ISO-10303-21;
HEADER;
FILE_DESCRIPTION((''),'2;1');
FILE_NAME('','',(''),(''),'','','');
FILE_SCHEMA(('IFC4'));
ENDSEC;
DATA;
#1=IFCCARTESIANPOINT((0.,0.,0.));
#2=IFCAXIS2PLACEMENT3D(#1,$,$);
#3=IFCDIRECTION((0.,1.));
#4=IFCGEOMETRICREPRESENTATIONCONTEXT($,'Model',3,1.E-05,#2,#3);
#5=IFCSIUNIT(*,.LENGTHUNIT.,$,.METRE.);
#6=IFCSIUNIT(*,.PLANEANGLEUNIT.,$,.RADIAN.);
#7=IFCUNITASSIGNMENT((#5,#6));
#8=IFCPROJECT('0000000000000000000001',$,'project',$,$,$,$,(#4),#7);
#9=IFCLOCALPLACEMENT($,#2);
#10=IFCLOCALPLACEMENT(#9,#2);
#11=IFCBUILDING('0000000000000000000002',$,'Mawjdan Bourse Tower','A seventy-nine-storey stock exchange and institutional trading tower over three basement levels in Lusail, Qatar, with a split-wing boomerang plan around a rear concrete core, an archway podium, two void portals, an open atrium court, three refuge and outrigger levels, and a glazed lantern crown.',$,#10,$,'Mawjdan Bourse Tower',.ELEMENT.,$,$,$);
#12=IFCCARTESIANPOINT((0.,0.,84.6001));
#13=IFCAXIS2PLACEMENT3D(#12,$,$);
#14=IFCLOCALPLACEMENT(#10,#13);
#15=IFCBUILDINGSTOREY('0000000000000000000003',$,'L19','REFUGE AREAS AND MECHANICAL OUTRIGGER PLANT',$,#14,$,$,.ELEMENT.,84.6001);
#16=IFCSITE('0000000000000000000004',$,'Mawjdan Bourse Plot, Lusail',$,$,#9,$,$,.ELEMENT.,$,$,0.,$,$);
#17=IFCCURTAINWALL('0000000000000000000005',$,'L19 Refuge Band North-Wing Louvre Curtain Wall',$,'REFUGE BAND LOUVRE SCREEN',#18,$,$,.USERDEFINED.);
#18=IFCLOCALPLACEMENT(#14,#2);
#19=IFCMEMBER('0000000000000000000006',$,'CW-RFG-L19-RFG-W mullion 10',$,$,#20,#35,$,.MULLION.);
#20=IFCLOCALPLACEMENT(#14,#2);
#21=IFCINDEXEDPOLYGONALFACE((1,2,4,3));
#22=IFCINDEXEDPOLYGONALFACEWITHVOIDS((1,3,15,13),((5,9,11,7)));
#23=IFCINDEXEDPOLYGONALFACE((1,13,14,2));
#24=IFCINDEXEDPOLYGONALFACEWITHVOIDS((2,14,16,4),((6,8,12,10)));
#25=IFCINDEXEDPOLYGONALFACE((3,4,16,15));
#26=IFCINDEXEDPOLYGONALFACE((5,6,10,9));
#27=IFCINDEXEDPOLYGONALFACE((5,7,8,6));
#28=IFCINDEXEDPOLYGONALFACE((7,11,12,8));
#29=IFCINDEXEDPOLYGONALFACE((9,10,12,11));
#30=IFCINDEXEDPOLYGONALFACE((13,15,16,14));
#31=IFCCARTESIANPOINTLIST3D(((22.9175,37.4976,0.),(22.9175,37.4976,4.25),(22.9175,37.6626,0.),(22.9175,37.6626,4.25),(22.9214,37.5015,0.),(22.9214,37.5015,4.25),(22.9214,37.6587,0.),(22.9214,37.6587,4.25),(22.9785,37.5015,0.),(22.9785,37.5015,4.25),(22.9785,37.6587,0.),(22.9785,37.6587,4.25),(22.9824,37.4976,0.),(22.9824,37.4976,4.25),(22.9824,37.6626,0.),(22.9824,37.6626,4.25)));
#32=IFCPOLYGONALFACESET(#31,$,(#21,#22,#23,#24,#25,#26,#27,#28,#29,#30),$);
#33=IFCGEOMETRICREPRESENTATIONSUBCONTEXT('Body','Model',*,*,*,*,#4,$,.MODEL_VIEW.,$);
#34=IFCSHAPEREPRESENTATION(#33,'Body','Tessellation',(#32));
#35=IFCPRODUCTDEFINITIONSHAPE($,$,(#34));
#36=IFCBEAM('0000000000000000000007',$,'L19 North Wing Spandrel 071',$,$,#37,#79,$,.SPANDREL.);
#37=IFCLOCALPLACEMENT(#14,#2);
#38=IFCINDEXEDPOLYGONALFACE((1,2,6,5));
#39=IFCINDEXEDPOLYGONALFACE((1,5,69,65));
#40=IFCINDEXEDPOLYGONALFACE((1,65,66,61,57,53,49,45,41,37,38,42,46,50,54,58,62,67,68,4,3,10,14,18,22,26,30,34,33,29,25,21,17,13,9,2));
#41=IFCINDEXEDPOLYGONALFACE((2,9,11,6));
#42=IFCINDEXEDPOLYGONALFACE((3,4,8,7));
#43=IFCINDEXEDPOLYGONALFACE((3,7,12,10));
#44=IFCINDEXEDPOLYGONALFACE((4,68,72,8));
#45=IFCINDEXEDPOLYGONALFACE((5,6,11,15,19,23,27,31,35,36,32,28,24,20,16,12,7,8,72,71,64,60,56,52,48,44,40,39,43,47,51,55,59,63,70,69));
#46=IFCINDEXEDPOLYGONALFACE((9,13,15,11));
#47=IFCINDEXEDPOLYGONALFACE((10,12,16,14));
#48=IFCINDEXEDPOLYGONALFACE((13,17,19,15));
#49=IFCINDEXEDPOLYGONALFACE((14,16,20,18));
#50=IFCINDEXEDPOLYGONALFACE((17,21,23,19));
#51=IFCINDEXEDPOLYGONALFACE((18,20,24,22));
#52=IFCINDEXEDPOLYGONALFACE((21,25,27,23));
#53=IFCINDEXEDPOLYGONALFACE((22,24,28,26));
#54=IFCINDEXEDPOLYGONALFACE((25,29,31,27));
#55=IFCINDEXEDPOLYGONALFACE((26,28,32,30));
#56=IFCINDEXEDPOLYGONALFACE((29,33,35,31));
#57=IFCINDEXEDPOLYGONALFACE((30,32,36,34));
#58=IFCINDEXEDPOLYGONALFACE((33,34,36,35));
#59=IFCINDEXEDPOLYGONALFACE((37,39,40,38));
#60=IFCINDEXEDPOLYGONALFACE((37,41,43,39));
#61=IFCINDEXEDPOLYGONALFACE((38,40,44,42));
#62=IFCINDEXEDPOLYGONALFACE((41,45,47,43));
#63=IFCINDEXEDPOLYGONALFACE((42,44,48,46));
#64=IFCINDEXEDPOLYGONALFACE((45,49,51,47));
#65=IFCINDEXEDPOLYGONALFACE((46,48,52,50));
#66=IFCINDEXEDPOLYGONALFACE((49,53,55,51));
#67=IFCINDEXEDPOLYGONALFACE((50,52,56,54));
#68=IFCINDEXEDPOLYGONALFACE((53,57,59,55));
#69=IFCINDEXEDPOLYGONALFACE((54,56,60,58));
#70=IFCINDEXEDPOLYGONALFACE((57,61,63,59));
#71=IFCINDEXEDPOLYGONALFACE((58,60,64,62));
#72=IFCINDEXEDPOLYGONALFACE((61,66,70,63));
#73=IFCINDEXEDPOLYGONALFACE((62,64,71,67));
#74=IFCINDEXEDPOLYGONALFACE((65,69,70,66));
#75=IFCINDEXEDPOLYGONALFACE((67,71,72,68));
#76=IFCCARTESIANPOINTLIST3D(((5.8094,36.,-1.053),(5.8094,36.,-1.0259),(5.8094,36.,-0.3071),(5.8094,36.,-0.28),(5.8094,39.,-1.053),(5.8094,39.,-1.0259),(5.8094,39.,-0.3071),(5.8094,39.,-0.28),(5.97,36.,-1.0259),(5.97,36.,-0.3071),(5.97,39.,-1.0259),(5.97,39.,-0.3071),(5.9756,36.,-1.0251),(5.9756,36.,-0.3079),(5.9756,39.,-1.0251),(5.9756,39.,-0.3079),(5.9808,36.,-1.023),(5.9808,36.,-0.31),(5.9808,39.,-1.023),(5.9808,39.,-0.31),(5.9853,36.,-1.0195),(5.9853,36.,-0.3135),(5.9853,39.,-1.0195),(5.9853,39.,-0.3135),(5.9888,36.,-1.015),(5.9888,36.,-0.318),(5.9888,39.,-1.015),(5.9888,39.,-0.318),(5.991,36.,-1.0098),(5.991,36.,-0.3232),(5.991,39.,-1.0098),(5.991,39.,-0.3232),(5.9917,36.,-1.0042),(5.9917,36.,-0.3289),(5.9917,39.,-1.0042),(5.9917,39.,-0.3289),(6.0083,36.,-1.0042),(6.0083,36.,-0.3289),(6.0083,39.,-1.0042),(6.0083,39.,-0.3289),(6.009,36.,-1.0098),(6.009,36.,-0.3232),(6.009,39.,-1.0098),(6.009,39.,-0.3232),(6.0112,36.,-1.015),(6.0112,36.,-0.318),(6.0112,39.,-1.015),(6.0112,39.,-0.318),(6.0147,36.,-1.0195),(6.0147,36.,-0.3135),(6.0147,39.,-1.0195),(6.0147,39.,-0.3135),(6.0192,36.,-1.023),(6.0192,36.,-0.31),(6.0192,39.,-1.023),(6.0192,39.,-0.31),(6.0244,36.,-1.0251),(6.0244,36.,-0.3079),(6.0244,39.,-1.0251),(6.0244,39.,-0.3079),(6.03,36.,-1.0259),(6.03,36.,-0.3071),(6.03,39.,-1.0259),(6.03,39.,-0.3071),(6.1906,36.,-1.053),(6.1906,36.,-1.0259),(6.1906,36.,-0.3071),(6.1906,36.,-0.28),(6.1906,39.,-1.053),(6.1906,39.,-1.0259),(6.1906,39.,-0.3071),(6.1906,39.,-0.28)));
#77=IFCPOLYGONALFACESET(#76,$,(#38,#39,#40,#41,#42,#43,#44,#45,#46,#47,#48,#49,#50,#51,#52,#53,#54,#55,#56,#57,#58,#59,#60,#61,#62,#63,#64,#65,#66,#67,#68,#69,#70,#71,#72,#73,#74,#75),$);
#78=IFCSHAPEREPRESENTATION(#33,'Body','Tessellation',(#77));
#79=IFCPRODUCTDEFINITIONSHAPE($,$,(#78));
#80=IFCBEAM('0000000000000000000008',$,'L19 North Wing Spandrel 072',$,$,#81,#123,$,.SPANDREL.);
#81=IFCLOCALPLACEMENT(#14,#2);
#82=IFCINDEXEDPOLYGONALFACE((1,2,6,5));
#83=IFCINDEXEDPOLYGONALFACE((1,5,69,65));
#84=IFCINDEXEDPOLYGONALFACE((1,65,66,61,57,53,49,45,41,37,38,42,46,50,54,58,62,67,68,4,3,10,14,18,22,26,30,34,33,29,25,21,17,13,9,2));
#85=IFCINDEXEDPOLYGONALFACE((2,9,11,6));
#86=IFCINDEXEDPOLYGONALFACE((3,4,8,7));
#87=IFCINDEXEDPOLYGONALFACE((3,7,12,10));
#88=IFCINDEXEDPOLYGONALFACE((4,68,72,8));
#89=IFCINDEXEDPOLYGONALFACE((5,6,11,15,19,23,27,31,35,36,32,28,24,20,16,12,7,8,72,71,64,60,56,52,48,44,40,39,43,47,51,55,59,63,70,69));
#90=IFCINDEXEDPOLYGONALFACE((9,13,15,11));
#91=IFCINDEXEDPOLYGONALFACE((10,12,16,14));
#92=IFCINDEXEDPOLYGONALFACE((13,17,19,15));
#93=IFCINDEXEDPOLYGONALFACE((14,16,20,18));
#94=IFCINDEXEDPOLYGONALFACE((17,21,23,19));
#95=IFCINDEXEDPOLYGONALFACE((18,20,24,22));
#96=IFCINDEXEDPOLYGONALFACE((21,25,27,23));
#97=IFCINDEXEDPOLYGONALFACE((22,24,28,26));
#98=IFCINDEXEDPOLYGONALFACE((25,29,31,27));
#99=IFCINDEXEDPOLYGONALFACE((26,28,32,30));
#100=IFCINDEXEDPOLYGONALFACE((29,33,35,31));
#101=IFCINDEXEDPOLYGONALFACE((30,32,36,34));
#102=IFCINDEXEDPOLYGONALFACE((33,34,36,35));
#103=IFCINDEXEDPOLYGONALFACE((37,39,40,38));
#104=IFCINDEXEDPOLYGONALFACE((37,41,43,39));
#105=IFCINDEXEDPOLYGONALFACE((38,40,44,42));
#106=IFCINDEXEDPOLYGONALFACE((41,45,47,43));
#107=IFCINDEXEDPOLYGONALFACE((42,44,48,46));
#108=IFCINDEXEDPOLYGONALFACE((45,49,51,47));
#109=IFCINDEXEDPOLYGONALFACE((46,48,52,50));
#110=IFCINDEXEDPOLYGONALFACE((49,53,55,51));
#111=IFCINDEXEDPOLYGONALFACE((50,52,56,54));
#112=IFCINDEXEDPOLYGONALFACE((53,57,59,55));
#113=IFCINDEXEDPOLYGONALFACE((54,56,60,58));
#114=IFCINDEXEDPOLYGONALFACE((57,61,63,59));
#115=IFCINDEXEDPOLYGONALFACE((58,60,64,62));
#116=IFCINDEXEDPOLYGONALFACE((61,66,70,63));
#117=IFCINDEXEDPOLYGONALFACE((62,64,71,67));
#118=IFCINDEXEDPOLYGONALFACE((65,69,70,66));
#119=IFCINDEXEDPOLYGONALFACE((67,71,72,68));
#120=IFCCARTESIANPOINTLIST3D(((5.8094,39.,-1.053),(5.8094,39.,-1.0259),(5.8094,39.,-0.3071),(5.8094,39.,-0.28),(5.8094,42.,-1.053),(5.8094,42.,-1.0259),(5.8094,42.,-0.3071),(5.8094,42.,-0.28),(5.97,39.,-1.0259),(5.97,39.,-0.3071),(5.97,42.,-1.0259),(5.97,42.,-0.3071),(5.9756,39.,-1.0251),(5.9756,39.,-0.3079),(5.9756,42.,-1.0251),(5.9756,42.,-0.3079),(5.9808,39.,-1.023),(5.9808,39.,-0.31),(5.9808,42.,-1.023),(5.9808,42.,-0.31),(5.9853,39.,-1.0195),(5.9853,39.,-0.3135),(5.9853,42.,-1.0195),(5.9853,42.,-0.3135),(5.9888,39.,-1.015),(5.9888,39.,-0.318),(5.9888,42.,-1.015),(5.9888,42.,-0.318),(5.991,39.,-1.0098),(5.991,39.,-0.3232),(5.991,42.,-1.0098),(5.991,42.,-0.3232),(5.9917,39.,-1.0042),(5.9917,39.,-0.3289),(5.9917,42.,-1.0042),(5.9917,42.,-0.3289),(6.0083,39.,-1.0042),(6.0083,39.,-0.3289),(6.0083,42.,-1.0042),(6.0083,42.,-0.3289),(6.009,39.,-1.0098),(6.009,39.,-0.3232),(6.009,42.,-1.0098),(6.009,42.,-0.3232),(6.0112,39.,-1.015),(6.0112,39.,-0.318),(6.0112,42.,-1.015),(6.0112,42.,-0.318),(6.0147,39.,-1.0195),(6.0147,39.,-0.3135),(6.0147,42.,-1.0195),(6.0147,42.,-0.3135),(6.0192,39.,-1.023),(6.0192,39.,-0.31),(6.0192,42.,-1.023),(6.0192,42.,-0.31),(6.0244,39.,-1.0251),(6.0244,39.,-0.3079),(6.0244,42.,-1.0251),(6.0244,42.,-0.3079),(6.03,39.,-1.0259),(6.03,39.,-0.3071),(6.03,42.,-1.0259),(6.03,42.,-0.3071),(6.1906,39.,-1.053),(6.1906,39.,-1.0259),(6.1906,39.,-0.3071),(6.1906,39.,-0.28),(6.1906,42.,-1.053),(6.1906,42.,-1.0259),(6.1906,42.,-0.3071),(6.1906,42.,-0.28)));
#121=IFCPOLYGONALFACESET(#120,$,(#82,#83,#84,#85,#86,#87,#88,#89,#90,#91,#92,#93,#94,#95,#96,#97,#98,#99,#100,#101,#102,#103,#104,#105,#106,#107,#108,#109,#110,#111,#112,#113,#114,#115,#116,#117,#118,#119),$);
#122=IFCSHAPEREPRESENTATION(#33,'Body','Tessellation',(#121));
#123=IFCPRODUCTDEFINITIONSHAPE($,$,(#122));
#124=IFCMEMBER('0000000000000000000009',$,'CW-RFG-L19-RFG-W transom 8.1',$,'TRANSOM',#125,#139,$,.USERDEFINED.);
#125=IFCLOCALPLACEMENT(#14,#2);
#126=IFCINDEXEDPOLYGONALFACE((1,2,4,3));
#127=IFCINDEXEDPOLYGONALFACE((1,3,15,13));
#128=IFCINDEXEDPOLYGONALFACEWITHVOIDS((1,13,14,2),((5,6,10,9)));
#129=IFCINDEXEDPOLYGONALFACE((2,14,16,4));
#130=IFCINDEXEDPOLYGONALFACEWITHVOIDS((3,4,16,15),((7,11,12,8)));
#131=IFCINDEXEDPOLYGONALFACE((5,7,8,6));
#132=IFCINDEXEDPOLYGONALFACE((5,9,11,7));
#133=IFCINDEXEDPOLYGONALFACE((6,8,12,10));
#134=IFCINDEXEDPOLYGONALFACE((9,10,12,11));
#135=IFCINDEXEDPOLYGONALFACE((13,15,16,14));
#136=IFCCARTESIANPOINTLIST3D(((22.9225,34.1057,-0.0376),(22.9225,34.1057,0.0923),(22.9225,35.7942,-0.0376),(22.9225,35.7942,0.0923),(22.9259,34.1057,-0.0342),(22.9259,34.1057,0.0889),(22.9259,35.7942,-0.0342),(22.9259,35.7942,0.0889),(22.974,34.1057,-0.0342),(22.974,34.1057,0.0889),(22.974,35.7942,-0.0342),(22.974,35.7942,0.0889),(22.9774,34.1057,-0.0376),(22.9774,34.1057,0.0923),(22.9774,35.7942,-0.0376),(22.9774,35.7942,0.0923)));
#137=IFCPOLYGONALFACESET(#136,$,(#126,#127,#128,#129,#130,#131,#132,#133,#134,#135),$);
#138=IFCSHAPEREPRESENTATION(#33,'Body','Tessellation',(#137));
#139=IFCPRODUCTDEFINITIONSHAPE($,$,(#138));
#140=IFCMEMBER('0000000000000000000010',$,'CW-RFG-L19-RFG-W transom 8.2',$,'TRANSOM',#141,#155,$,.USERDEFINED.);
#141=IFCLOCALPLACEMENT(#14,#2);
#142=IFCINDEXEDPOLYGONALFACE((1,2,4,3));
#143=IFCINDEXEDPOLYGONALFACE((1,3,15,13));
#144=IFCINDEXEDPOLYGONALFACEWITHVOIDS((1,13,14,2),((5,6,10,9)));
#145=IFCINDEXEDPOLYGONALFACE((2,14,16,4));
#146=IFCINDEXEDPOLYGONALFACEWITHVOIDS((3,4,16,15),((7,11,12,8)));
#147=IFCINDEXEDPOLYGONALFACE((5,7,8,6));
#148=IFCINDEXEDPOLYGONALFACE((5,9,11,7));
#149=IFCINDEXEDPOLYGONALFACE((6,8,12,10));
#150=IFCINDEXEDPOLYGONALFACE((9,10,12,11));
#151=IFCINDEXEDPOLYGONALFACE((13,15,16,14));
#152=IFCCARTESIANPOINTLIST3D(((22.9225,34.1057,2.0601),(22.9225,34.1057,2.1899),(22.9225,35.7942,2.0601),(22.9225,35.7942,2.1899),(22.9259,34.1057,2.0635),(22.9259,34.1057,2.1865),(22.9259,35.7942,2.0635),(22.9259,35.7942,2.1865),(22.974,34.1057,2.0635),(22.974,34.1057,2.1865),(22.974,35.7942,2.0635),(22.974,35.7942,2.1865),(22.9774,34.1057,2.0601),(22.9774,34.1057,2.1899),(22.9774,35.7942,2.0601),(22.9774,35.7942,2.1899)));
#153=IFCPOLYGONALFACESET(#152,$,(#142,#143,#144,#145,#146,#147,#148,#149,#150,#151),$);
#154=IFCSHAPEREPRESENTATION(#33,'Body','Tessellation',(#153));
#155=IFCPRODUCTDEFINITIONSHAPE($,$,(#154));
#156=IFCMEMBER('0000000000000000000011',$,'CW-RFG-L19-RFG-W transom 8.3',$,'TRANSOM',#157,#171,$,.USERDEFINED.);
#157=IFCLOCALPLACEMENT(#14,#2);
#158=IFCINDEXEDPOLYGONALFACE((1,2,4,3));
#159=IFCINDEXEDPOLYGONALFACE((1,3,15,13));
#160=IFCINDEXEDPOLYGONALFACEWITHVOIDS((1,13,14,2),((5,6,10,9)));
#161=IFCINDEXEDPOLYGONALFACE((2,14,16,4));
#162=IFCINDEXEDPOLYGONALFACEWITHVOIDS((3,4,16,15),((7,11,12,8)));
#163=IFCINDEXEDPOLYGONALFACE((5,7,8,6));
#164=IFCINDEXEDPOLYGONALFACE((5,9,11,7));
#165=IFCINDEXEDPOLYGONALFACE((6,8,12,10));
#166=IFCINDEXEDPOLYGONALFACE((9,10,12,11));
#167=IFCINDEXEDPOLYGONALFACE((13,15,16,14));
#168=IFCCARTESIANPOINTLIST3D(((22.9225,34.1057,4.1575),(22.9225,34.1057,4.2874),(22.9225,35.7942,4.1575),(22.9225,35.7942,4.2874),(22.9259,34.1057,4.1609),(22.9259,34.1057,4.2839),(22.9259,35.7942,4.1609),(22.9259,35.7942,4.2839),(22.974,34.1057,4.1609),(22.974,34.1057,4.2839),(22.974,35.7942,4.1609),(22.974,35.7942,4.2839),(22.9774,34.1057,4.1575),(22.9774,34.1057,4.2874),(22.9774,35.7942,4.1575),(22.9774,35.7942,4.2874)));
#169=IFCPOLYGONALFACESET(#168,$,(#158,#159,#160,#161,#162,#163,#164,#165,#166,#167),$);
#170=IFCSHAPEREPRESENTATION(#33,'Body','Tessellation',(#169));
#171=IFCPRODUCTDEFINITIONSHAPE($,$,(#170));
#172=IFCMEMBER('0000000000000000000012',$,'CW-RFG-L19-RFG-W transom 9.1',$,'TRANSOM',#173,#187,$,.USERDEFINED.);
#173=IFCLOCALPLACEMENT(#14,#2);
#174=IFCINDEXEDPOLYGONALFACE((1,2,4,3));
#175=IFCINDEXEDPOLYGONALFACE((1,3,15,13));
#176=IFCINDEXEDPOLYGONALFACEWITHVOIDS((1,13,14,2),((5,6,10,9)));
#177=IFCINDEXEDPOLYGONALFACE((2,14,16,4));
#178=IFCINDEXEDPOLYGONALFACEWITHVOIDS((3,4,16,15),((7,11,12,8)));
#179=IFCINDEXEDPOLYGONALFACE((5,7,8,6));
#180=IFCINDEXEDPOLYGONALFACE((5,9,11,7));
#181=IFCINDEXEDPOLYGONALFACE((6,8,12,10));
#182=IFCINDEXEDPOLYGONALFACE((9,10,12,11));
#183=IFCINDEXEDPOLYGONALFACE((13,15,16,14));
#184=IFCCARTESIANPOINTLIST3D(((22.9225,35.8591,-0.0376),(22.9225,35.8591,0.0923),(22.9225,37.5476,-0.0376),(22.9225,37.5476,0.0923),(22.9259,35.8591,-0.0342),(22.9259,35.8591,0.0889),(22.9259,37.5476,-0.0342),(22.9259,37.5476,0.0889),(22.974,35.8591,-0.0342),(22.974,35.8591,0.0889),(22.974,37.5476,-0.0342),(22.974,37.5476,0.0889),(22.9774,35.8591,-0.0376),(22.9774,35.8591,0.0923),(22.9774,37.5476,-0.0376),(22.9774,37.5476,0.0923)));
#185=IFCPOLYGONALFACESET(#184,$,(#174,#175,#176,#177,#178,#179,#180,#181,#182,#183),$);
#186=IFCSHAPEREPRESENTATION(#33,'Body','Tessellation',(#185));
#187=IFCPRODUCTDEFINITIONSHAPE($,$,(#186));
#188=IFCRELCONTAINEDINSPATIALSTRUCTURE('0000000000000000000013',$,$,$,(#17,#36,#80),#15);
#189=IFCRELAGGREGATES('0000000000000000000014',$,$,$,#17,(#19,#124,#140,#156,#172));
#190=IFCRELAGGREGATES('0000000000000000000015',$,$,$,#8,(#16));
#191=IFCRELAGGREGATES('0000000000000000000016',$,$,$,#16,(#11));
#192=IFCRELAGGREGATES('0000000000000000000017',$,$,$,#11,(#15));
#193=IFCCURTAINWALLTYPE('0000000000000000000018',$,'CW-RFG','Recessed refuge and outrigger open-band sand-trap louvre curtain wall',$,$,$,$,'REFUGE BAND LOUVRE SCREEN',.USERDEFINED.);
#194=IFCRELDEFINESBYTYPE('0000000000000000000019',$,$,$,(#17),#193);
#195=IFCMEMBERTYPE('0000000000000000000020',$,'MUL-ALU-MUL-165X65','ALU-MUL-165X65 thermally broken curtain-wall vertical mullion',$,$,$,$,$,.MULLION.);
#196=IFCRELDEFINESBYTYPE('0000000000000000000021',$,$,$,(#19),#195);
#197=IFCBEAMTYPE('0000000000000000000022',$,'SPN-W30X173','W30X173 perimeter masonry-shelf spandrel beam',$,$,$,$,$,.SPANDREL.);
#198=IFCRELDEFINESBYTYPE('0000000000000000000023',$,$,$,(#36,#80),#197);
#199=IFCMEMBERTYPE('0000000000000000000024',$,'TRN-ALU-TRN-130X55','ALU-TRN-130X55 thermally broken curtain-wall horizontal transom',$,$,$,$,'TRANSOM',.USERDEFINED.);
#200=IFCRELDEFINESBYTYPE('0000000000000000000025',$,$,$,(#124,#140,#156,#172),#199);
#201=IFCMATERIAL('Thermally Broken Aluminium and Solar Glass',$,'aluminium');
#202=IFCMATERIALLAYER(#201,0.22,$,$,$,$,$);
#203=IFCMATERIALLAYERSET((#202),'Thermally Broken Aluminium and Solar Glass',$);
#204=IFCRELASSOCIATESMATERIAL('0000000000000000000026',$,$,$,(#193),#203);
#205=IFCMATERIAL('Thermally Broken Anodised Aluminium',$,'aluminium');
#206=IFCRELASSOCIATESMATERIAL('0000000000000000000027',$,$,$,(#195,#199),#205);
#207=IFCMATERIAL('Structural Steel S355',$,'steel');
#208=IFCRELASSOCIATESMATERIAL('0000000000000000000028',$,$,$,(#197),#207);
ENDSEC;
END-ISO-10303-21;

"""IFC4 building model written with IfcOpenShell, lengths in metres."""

from ifc_helpers import new_model, si_unit, direction, frame, origin, origin_2d, place, context, subcontext, project, spatial, hollow_rectangle, i_section, extrude, material, layer, layer_set, material_profile, profile_set, type_object, element, aggregate, save


model = new_model("IFC4")

# Units and contexts
model_context = context("Model", 3, precision=1e-05, world=origin(), true_north=direction((0.0, 1.0)))
body_context = subcontext(model_context, "Body", "Model", "MODEL_VIEW")
ifc_project = project(units=[si_unit("LENGTHUNIT", "METRE"), si_unit("PLANEANGLEUNIT", "RADIAN")], contexts=[model_context])

# Site, building, storey
site_placement = place(None, origin())
site = spatial("IfcSite", under=ifc_project, at=site_placement, Name="Mawjdan Bourse Plot, Lusail", CompositionType="ELEMENT", RefElevation=0.0)
building_placement = place(site_placement, origin())
building = spatial("IfcBuilding", under=site, at=building_placement, Name="Mawjdan Bourse Tower", Description="A seventy-nine-storey stock exchange and institutional trading tower over three basement levels in Lusail, Qatar, with a split-wing boomerang plan around a rear concrete core, an archway podium, two void portals, an open atrium court, three refuge and outrigger levels, and a glazed lantern crown.", LongName="Mawjdan Bourse Tower", CompositionType="ELEMENT")
storey_placement = place(building_placement, frame((0.0, 0.0, 84.6001)))
storey = spatial("IfcBuildingStorey", under=building, at=storey_placement, Name="L19", Description="REFUGE AREAS AND MECHANICAL OUTRIGGER PLANT", CompositionType="ELEMENT", Elevation=84.6001)

# Shared definitions
ifc_material_1 = material(Name="Structural Steel S355", Category="steel")

# Curtain wall, member
ifc_material_2 = material(Name="Thermally Broken Aluminium and Solar Glass", Category="aluminium")
ifc_layer_1 = layer(ifc_material_2, 0.22)
ifc_layer_set_1 = layer_set([ifc_layer_1], Name="Thermally Broken Aluminium and Solar Glass")
curtain_wall_type = type_object("IfcCurtainWallType", Name="CW-RFG", Description="Recessed refuge and outrigger open-band sand-trap louvre curtain wall", ElementType="REFUGE BAND LOUVRE SCREEN", PredefinedType="USERDEFINED", material=ifc_layer_set_1)
curtain_wall_placement = place(storey_placement, origin())
curtain_wall = element("IfcCurtainWall", 1, at=curtain_wall_placement, inside=storey, type_object=curtain_wall_type, Name="L19 Refuge Band North-Wing Louvre Curtain Wall", ObjectType="REFUGE BAND LOUVRE SCREEN", PredefinedType="USERDEFINED")
ifc_material_3 = material(Name="Thermally Broken Anodised Aluminium", Category="aluminium")
ifc_material_profile_1 = material_profile(ifc_material_3, hollow_rectangle(XDim=0.0649, YDim=0.165, WallThickness=0.0039, at=origin_2d()), Name="ALU-MUL-165X65")
ifc_profile_set_1 = profile_set([ifc_material_profile_1], Name="Thermally Broken Anodised Aluminium")
member_type_1 = type_object("IfcMemberType", Name="MUL-ALU-MUL-165X65", Description="ALU-MUL-165X65 thermally broken curtain-wall vertical mullion", PredefinedType="MULLION", material=ifc_profile_set_1)
member_1_placement = place(storey_placement, frame((22.95, 37.5801, 0.0), z_axis=(0.0, 0.0, 1.0), x_axis=(-1.0, 0.0, 0.0)))
member_1 = element("IfcMember", 2, at=member_1_placement, type_object=member_type_1, Name="CW-RFG-L19-RFG-W mullion 10", PredefinedType="MULLION", context=body_context, shape_type="SweptSolid", body=[
    extrude(hollow_rectangle(XDim=0.0649, YDim=0.165, WallThickness=0.0039, at=origin_2d()), origin(), (0.0, 0.0, 1.0), 4.25),
])

# Beams
ifc_material_profile_2 = material_profile(ifc_material_1, i_section(OverallWidth=0.3811, OverallDepth=0.7729, WebThickness=0.0166, FlangeThickness=0.0271, FilletRadius=0.0217, at=origin_2d()), Name="W30X173")
ifc_profile_set_2 = profile_set([ifc_material_profile_2], Name="Structural Steel S355")
beam_type_1 = type_object("IfcBeamType", Name="SPN-W30X173", Description="W30X173 perimeter masonry-shelf spandrel beam", PredefinedType="SPANDREL", material=ifc_profile_set_2)
for number, where, z_axis, x_axis, name in (
    (3, (6.0, 36.0, -0.6665), (0.0, 1.0, 0.0), (-1.0, 0.0, 0.0), "L19 North Wing Spandrel 071"),
    (4, (6.0, 39.0, -0.6665), (0.0, 1.0, 0.0), (-1.0, 0.0, 0.0), "L19 North Wing Spandrel 072"),
):
    element("IfcBeam", number, at=place(storey_placement, frame(where, z_axis=z_axis, x_axis=x_axis)), inside=storey, type_object=beam_type_1, Name=name, PredefinedType="SPANDREL", context=body_context, shape_type="SweptSolid", body=[
        extrude(i_section(OverallWidth=0.3811, OverallDepth=0.7729, WebThickness=0.0166, FlangeThickness=0.0271, FilletRadius=0.0217, at=origin_2d()), origin(), (0.0, 0.0, 1.0), 3.0),
    ])

# Members
ifc_material_profile_3 = material_profile(ifc_material_3, hollow_rectangle(XDim=0.0549, YDim=0.1299, WallThickness=0.0034, at=origin_2d()), Name="ALU-TRN-130X55")
ifc_profile_set_3 = profile_set([ifc_material_profile_3], Name="Thermally Broken Anodised Aluminium")
member_type_2 = type_object("IfcMemberType", Name="TRN-ALU-TRN-130X55", Description="ALU-TRN-130X55 thermally broken curtain-wall horizontal transom", ElementType="TRANSOM", PredefinedType="USERDEFINED", material=ifc_profile_set_3)
member_2_placement = place(storey_placement, frame((22.95, 34.1057, 0.0273), z_axis=(0.0, 1.0, 0.0), x_axis=(-1.0, 0.0, 0.0)))
member_2 = element("IfcMember", 5, at=member_2_placement, type_object=member_type_2, Name="CW-RFG-L19-RFG-W transom 8.1", ObjectType="TRANSOM", PredefinedType="USERDEFINED", context=body_context, shape_type="SweptSolid", body=[
    extrude(hollow_rectangle(XDim=0.0549, YDim=0.1299, WallThickness=0.0034, at=origin_2d()), origin(), (0.0, 0.0, 1.0), 1.6885),
])
member_3_placement = place(storey_placement, frame((22.95, 34.1057, 2.125), z_axis=(0.0, 1.0, 0.0), x_axis=(-1.0, 0.0, 0.0)))
member_3 = element("IfcMember", 6, at=member_3_placement, type_object=member_type_2, Name="CW-RFG-L19-RFG-W transom 8.2", ObjectType="TRANSOM", PredefinedType="USERDEFINED", context=body_context, shape_type="SweptSolid", body=[
    extrude(hollow_rectangle(XDim=0.0549, YDim=0.1299, WallThickness=0.0034, at=origin_2d()), origin(), (0.0, 0.0, 1.0), 1.6885),
])
member_4_placement = place(storey_placement, frame((22.95, 34.1057, 4.2224), z_axis=(0.0, 1.0, 0.0), x_axis=(-1.0, 0.0, 0.0)))
member_4 = element("IfcMember", 7, at=member_4_placement, type_object=member_type_2, Name="CW-RFG-L19-RFG-W transom 8.3", ObjectType="TRANSOM", PredefinedType="USERDEFINED", context=body_context, shape_type="SweptSolid", body=[
    extrude(hollow_rectangle(XDim=0.0549, YDim=0.1299, WallThickness=0.0034, at=origin_2d()), origin(), (0.0, 0.0, 1.0), 1.6885),
])
member_5_placement = place(storey_placement, frame((22.95, 35.8591, 0.0273), z_axis=(0.0, 1.0, 0.0), x_axis=(-1.0, 0.0, 0.0)))
member_5 = element("IfcMember", 8, at=member_5_placement, type_object=member_type_2, Name="CW-RFG-L19-RFG-W transom 9.1", ObjectType="TRANSOM", PredefinedType="USERDEFINED", context=body_context, shape_type="SweptSolid", body=[
    extrude(hollow_rectangle(XDim=0.0549, YDim=0.1299, WallThickness=0.0034, at=origin_2d()), origin(), (0.0, 0.0, 1.0), 1.6885),
])

aggregate(curtain_wall, [member_1, member_2, member_3, member_4, member_5])

save(model, "model.ifc")
